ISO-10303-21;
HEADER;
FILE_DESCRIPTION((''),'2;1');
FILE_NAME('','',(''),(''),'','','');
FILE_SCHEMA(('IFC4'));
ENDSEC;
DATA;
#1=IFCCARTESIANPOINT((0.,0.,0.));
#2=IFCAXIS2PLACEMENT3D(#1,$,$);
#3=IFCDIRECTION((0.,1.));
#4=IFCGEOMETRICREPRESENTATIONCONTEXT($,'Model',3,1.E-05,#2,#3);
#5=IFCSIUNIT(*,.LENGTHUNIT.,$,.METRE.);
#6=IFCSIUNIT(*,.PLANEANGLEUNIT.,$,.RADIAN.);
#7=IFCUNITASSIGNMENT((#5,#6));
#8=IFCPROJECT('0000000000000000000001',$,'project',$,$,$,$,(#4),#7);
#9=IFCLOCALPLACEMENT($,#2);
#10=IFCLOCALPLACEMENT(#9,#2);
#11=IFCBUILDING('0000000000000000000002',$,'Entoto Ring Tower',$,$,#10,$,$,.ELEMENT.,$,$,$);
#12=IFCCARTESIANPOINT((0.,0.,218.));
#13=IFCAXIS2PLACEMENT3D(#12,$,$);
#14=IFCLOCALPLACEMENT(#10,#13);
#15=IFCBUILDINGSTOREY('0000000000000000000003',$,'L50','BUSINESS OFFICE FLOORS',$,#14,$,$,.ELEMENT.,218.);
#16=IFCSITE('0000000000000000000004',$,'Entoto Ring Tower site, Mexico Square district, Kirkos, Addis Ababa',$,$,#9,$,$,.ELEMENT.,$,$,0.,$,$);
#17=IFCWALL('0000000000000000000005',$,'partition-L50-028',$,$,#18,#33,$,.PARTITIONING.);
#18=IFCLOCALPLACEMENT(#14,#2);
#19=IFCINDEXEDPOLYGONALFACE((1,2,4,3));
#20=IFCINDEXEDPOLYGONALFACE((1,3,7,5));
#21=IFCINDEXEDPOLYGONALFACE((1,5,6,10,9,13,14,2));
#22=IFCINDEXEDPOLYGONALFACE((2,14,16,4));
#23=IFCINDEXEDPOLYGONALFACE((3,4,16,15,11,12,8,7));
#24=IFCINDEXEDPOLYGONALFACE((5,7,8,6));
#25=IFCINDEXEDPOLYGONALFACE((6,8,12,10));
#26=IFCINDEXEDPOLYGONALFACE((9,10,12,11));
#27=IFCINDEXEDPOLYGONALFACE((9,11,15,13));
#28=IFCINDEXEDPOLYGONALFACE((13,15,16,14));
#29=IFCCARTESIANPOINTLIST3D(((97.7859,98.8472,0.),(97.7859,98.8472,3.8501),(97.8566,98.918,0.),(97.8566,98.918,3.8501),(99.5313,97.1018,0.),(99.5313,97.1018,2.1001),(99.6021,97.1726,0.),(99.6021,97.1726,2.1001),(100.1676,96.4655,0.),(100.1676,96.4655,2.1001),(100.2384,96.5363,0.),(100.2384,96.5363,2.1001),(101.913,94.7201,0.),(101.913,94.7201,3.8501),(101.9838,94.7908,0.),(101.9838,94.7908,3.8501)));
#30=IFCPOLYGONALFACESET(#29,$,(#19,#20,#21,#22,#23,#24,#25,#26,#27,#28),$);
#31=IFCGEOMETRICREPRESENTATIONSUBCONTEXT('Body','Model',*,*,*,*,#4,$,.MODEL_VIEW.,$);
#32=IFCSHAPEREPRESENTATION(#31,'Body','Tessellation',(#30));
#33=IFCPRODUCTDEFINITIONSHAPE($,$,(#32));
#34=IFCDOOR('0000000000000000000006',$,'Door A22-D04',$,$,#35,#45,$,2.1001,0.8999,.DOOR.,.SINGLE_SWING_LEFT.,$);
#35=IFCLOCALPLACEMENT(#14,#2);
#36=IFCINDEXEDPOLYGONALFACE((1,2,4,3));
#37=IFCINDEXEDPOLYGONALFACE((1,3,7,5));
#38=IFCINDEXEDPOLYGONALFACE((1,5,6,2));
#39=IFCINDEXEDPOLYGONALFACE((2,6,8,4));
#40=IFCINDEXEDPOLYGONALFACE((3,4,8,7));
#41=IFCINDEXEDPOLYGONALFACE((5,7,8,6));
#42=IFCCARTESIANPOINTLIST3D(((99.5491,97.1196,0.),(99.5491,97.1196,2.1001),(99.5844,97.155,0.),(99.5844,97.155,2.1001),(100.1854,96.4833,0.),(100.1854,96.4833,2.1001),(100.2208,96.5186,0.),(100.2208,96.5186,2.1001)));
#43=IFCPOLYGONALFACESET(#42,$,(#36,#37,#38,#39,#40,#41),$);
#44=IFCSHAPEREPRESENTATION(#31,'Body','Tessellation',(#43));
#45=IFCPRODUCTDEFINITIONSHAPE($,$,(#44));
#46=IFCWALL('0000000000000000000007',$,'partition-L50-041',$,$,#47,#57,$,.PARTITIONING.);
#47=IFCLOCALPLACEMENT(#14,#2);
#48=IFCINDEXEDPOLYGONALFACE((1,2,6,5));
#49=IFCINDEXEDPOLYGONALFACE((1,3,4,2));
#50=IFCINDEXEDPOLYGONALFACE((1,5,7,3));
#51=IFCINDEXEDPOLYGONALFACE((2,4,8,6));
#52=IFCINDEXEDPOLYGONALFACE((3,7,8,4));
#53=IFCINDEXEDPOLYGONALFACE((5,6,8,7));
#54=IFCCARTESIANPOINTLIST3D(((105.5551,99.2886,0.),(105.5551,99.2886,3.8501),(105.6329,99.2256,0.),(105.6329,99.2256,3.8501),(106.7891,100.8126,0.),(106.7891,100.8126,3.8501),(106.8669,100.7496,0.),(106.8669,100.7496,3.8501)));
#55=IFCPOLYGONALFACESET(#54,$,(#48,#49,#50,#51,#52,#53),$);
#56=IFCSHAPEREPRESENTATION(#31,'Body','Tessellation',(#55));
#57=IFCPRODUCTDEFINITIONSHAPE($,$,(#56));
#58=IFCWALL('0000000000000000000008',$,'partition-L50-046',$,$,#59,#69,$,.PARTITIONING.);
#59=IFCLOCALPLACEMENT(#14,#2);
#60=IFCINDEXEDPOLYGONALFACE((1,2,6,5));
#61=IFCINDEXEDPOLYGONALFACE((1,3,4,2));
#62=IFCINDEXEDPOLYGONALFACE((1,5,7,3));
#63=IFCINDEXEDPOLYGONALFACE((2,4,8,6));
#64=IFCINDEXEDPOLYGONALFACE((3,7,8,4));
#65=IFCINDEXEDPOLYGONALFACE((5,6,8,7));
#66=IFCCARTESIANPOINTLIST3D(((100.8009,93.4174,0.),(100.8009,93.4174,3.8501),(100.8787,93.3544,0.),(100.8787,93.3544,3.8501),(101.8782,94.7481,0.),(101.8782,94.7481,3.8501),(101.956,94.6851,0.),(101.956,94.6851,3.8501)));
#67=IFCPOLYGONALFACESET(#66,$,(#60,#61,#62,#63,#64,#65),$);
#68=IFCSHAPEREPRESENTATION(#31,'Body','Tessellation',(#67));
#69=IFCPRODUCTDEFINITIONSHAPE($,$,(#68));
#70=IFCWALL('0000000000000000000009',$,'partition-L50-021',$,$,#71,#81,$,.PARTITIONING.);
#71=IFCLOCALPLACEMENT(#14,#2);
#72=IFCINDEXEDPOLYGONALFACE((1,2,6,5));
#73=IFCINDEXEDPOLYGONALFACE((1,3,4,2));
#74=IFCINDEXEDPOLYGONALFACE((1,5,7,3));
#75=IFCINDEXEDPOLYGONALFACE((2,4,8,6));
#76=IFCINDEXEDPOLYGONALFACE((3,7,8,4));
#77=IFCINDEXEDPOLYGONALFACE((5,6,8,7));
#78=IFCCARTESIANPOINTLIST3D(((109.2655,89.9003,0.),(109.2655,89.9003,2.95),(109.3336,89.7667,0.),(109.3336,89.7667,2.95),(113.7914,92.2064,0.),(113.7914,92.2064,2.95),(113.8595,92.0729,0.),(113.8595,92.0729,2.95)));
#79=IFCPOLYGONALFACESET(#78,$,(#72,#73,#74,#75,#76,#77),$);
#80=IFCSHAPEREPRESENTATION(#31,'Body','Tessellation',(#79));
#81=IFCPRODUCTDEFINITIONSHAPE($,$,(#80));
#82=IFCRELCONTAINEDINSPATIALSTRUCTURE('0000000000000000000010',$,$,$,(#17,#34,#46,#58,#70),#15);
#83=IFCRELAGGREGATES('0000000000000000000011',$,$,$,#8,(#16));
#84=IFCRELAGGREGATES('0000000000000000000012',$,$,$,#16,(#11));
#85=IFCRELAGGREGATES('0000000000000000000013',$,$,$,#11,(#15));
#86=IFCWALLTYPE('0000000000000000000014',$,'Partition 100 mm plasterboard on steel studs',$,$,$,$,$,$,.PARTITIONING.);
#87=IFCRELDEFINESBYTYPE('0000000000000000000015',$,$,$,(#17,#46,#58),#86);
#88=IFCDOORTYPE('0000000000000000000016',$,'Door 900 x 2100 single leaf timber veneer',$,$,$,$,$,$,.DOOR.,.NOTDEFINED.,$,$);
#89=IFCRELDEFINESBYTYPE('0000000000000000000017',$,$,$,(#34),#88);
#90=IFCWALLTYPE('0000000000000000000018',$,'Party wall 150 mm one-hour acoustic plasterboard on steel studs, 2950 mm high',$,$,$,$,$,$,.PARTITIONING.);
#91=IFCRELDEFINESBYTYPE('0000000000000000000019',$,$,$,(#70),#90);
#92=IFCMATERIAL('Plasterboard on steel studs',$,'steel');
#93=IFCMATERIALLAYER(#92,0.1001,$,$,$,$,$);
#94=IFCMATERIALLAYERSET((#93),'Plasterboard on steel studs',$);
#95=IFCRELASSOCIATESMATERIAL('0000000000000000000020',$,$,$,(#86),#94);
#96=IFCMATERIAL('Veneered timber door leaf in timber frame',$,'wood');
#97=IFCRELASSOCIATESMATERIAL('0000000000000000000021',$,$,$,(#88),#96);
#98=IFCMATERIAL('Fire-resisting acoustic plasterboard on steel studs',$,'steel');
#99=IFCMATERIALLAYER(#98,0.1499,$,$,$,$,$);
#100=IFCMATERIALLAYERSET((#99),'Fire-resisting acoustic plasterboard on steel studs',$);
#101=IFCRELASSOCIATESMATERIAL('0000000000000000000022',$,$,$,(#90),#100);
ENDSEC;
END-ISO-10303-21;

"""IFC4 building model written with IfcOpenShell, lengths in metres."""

from ifc_helpers import new_model, si_unit, direction, frame, frame_2d, origin, place, context, subcontext, project, spatial, rectangle, extrude, material, layer, layer_set, type_object, element, fill, save


model = new_model("IFC4")

# Units and contexts
model_context = context("Model", 3, precision=1e-05, world=origin(), true_north=direction((0.0, 1.0)))
body_context = subcontext(model_context, "Body", "Model", "MODEL_VIEW")
ifc_project = project(units=[si_unit("LENGTHUNIT", "METRE"), si_unit("PLANEANGLEUNIT", "RADIAN")], contexts=[model_context])

# Site, building, storey
site_placement = place(None, origin())
site = spatial("IfcSite", under=ifc_project, at=site_placement, Name="Entoto Ring Tower site, Mexico Square district, Kirkos, Addis Ababa", CompositionType="ELEMENT", RefElevation=0.0)
building_placement = place(site_placement, origin())
building = spatial("IfcBuilding", under=site, at=building_placement, Name="Entoto Ring Tower", CompositionType="ELEMENT")
storey_placement = place(building_placement, frame((0.0, 0.0, 218.0)))
storey = spatial("IfcBuildingStorey", under=building, at=storey_placement, Name="L50", Description="BUSINESS OFFICE FLOORS", CompositionType="ELEMENT", Elevation=218.0)

# Wall, opening, door
ifc_material_1 = material(Name="Plasterboard on steel studs", Category="steel")
ifc_layer_1 = layer(ifc_material_1, 0.1001)
ifc_layer_set_1 = layer_set([ifc_layer_1], Name="Plasterboard on steel studs")
wall_type_1 = type_object("IfcWallType", Name="Partition 100 mm plasterboard on steel studs", PredefinedType="PARTITIONING", material=ifc_layer_set_1)
ifc_material_2 = material(Name="Veneered timber door leaf in timber frame", Category="wood")
door_type_1 = type_object("IfcDoorType", Name="Door 900 x 2100 single leaf timber veneer", OperationType="NOTDEFINED", PredefinedType="DOOR", material=ifc_material_2)
wall_1_placement = place(storey_placement, frame((101.9485, 94.7554, 0.0), z_axis=(0.0, 0.0, 1.0), x_axis=(-0.707107, 0.707107, 0.0)))
wall_1 = element("IfcWall", 1, at=wall_1_placement, inside=storey, type_object=wall_type_1, Name="partition-L50-028", PredefinedType="PARTITIONING", context=body_context, shape_type="SweptSolid", body=[
    extrude(rectangle(XDim=5.8367, YDim=0.1001, at=frame_2d((2.9185, 0.0))), origin(), (0.0, 0.0, 1.0), 3.8501),
])
opening_1_placement = place(wall_1_placement, frame((2.4685, 0.0, 0.0)))
opening_1 = element("IfcOpeningElement", 2, at=opening_1_placement, cuts=wall_1, PredefinedType="OPENING", context=body_context, shape_type="SweptSolid", body=[
    extrude(rectangle(XDim=0.8999, YDim=2.1001, at=frame_2d((0.45, 1.05))), frame((0.0, 0.0601, 0.0), z_axis=(0.0, -1.0, 0.0), x_axis=(1.0, 0.0, 0.0)), (0.0, 0.0, 1.0), 0.1201),
])
door_1_placement = place(opening_1_placement, origin())
door_1 = element("IfcDoor", 3, at=door_1_placement, inside=storey, type_object=door_type_1, Name="Door A22-D04", OperationType="SINGLE_SWING_LEFT", OverallHeight=2.1001, OverallWidth=0.8999, PredefinedType="DOOR", context=body_context, shape_type="SweptSolid", body=[
    extrude(rectangle(XDim=0.8999, YDim=2.1001, at=frame_2d((0.45, 1.05))), frame((0.0, 0.0249, 0.0), z_axis=(0.0, -1.0, 0.0), x_axis=(1.0, 0.0, 0.0)), (0.0, 0.0, 1.0), 0.05),
])
fill(opening_1, door_1)

# Walls
wall_2_placement = place(storey_placement, frame((105.594, 99.2571, 0.0), z_axis=(0.0, 0.0, 1.0), x_axis=(0.62927, 0.777187, 0.0)))
element("IfcWall", 4, at=wall_2_placement, inside=storey, type_object=wall_type_1, Name="partition-L50-041", PredefinedType="PARTITIONING", context=body_context, shape_type="SweptSolid", body=[
    extrude(rectangle(XDim=1.9609, YDim=0.1001, at=frame_2d((0.9805, 0.0))), origin(), (0.0, 0.0, 1.0), 3.8501),
])
wall_3_placement = place(storey_placement, frame((100.8398, 93.386, 0.0), z_axis=(0.0, 0.0, 1.0), x_axis=(0.629223, 0.777225, 0.0)))
element("IfcWall", 5, at=wall_3_placement, inside=storey, type_object=wall_type_1, Name="partition-L50-046", PredefinedType="PARTITIONING", context=body_context, shape_type="SweptSolid", body=[
    extrude(rectangle(XDim=1.7122, YDim=0.1001, at=frame_2d((0.856, 0.0))), origin(), (0.0, 0.0, 1.0), 3.8501),
])
ifc_material_3 = material(Name="Fire-resisting acoustic plasterboard on steel studs", Category="steel")
ifc_layer_2 = layer(ifc_material_3, 0.1499)
ifc_layer_set_2 = layer_set([ifc_layer_2], Name="Fire-resisting acoustic plasterboard on steel studs")
wall_type_2 = type_object("IfcWallType", Name="Party wall 150 mm one-hour acoustic plasterboard on steel studs, 2950 mm high", PredefinedType="PARTITIONING", material=ifc_layer_set_2)
wall_4_placement = place(storey_placement, frame((109.2996, 89.8335, 0.0), z_axis=(0.0, 0.0, 1.0), x_axis=(0.890998, 0.454006, 0.0)))
element("IfcWall", 6, at=wall_4_placement, inside=storey, type_object=wall_type_2, Name="partition-L50-021", PredefinedType="PARTITIONING", context=body_context, shape_type="SweptSolid", body=[
    extrude(rectangle(XDim=5.0796, YDim=0.1499, at=frame_2d((2.5398, 0.0))), origin(), (0.0, 0.0, 1.0), 2.95),
])

save(model, "model.ifc")
